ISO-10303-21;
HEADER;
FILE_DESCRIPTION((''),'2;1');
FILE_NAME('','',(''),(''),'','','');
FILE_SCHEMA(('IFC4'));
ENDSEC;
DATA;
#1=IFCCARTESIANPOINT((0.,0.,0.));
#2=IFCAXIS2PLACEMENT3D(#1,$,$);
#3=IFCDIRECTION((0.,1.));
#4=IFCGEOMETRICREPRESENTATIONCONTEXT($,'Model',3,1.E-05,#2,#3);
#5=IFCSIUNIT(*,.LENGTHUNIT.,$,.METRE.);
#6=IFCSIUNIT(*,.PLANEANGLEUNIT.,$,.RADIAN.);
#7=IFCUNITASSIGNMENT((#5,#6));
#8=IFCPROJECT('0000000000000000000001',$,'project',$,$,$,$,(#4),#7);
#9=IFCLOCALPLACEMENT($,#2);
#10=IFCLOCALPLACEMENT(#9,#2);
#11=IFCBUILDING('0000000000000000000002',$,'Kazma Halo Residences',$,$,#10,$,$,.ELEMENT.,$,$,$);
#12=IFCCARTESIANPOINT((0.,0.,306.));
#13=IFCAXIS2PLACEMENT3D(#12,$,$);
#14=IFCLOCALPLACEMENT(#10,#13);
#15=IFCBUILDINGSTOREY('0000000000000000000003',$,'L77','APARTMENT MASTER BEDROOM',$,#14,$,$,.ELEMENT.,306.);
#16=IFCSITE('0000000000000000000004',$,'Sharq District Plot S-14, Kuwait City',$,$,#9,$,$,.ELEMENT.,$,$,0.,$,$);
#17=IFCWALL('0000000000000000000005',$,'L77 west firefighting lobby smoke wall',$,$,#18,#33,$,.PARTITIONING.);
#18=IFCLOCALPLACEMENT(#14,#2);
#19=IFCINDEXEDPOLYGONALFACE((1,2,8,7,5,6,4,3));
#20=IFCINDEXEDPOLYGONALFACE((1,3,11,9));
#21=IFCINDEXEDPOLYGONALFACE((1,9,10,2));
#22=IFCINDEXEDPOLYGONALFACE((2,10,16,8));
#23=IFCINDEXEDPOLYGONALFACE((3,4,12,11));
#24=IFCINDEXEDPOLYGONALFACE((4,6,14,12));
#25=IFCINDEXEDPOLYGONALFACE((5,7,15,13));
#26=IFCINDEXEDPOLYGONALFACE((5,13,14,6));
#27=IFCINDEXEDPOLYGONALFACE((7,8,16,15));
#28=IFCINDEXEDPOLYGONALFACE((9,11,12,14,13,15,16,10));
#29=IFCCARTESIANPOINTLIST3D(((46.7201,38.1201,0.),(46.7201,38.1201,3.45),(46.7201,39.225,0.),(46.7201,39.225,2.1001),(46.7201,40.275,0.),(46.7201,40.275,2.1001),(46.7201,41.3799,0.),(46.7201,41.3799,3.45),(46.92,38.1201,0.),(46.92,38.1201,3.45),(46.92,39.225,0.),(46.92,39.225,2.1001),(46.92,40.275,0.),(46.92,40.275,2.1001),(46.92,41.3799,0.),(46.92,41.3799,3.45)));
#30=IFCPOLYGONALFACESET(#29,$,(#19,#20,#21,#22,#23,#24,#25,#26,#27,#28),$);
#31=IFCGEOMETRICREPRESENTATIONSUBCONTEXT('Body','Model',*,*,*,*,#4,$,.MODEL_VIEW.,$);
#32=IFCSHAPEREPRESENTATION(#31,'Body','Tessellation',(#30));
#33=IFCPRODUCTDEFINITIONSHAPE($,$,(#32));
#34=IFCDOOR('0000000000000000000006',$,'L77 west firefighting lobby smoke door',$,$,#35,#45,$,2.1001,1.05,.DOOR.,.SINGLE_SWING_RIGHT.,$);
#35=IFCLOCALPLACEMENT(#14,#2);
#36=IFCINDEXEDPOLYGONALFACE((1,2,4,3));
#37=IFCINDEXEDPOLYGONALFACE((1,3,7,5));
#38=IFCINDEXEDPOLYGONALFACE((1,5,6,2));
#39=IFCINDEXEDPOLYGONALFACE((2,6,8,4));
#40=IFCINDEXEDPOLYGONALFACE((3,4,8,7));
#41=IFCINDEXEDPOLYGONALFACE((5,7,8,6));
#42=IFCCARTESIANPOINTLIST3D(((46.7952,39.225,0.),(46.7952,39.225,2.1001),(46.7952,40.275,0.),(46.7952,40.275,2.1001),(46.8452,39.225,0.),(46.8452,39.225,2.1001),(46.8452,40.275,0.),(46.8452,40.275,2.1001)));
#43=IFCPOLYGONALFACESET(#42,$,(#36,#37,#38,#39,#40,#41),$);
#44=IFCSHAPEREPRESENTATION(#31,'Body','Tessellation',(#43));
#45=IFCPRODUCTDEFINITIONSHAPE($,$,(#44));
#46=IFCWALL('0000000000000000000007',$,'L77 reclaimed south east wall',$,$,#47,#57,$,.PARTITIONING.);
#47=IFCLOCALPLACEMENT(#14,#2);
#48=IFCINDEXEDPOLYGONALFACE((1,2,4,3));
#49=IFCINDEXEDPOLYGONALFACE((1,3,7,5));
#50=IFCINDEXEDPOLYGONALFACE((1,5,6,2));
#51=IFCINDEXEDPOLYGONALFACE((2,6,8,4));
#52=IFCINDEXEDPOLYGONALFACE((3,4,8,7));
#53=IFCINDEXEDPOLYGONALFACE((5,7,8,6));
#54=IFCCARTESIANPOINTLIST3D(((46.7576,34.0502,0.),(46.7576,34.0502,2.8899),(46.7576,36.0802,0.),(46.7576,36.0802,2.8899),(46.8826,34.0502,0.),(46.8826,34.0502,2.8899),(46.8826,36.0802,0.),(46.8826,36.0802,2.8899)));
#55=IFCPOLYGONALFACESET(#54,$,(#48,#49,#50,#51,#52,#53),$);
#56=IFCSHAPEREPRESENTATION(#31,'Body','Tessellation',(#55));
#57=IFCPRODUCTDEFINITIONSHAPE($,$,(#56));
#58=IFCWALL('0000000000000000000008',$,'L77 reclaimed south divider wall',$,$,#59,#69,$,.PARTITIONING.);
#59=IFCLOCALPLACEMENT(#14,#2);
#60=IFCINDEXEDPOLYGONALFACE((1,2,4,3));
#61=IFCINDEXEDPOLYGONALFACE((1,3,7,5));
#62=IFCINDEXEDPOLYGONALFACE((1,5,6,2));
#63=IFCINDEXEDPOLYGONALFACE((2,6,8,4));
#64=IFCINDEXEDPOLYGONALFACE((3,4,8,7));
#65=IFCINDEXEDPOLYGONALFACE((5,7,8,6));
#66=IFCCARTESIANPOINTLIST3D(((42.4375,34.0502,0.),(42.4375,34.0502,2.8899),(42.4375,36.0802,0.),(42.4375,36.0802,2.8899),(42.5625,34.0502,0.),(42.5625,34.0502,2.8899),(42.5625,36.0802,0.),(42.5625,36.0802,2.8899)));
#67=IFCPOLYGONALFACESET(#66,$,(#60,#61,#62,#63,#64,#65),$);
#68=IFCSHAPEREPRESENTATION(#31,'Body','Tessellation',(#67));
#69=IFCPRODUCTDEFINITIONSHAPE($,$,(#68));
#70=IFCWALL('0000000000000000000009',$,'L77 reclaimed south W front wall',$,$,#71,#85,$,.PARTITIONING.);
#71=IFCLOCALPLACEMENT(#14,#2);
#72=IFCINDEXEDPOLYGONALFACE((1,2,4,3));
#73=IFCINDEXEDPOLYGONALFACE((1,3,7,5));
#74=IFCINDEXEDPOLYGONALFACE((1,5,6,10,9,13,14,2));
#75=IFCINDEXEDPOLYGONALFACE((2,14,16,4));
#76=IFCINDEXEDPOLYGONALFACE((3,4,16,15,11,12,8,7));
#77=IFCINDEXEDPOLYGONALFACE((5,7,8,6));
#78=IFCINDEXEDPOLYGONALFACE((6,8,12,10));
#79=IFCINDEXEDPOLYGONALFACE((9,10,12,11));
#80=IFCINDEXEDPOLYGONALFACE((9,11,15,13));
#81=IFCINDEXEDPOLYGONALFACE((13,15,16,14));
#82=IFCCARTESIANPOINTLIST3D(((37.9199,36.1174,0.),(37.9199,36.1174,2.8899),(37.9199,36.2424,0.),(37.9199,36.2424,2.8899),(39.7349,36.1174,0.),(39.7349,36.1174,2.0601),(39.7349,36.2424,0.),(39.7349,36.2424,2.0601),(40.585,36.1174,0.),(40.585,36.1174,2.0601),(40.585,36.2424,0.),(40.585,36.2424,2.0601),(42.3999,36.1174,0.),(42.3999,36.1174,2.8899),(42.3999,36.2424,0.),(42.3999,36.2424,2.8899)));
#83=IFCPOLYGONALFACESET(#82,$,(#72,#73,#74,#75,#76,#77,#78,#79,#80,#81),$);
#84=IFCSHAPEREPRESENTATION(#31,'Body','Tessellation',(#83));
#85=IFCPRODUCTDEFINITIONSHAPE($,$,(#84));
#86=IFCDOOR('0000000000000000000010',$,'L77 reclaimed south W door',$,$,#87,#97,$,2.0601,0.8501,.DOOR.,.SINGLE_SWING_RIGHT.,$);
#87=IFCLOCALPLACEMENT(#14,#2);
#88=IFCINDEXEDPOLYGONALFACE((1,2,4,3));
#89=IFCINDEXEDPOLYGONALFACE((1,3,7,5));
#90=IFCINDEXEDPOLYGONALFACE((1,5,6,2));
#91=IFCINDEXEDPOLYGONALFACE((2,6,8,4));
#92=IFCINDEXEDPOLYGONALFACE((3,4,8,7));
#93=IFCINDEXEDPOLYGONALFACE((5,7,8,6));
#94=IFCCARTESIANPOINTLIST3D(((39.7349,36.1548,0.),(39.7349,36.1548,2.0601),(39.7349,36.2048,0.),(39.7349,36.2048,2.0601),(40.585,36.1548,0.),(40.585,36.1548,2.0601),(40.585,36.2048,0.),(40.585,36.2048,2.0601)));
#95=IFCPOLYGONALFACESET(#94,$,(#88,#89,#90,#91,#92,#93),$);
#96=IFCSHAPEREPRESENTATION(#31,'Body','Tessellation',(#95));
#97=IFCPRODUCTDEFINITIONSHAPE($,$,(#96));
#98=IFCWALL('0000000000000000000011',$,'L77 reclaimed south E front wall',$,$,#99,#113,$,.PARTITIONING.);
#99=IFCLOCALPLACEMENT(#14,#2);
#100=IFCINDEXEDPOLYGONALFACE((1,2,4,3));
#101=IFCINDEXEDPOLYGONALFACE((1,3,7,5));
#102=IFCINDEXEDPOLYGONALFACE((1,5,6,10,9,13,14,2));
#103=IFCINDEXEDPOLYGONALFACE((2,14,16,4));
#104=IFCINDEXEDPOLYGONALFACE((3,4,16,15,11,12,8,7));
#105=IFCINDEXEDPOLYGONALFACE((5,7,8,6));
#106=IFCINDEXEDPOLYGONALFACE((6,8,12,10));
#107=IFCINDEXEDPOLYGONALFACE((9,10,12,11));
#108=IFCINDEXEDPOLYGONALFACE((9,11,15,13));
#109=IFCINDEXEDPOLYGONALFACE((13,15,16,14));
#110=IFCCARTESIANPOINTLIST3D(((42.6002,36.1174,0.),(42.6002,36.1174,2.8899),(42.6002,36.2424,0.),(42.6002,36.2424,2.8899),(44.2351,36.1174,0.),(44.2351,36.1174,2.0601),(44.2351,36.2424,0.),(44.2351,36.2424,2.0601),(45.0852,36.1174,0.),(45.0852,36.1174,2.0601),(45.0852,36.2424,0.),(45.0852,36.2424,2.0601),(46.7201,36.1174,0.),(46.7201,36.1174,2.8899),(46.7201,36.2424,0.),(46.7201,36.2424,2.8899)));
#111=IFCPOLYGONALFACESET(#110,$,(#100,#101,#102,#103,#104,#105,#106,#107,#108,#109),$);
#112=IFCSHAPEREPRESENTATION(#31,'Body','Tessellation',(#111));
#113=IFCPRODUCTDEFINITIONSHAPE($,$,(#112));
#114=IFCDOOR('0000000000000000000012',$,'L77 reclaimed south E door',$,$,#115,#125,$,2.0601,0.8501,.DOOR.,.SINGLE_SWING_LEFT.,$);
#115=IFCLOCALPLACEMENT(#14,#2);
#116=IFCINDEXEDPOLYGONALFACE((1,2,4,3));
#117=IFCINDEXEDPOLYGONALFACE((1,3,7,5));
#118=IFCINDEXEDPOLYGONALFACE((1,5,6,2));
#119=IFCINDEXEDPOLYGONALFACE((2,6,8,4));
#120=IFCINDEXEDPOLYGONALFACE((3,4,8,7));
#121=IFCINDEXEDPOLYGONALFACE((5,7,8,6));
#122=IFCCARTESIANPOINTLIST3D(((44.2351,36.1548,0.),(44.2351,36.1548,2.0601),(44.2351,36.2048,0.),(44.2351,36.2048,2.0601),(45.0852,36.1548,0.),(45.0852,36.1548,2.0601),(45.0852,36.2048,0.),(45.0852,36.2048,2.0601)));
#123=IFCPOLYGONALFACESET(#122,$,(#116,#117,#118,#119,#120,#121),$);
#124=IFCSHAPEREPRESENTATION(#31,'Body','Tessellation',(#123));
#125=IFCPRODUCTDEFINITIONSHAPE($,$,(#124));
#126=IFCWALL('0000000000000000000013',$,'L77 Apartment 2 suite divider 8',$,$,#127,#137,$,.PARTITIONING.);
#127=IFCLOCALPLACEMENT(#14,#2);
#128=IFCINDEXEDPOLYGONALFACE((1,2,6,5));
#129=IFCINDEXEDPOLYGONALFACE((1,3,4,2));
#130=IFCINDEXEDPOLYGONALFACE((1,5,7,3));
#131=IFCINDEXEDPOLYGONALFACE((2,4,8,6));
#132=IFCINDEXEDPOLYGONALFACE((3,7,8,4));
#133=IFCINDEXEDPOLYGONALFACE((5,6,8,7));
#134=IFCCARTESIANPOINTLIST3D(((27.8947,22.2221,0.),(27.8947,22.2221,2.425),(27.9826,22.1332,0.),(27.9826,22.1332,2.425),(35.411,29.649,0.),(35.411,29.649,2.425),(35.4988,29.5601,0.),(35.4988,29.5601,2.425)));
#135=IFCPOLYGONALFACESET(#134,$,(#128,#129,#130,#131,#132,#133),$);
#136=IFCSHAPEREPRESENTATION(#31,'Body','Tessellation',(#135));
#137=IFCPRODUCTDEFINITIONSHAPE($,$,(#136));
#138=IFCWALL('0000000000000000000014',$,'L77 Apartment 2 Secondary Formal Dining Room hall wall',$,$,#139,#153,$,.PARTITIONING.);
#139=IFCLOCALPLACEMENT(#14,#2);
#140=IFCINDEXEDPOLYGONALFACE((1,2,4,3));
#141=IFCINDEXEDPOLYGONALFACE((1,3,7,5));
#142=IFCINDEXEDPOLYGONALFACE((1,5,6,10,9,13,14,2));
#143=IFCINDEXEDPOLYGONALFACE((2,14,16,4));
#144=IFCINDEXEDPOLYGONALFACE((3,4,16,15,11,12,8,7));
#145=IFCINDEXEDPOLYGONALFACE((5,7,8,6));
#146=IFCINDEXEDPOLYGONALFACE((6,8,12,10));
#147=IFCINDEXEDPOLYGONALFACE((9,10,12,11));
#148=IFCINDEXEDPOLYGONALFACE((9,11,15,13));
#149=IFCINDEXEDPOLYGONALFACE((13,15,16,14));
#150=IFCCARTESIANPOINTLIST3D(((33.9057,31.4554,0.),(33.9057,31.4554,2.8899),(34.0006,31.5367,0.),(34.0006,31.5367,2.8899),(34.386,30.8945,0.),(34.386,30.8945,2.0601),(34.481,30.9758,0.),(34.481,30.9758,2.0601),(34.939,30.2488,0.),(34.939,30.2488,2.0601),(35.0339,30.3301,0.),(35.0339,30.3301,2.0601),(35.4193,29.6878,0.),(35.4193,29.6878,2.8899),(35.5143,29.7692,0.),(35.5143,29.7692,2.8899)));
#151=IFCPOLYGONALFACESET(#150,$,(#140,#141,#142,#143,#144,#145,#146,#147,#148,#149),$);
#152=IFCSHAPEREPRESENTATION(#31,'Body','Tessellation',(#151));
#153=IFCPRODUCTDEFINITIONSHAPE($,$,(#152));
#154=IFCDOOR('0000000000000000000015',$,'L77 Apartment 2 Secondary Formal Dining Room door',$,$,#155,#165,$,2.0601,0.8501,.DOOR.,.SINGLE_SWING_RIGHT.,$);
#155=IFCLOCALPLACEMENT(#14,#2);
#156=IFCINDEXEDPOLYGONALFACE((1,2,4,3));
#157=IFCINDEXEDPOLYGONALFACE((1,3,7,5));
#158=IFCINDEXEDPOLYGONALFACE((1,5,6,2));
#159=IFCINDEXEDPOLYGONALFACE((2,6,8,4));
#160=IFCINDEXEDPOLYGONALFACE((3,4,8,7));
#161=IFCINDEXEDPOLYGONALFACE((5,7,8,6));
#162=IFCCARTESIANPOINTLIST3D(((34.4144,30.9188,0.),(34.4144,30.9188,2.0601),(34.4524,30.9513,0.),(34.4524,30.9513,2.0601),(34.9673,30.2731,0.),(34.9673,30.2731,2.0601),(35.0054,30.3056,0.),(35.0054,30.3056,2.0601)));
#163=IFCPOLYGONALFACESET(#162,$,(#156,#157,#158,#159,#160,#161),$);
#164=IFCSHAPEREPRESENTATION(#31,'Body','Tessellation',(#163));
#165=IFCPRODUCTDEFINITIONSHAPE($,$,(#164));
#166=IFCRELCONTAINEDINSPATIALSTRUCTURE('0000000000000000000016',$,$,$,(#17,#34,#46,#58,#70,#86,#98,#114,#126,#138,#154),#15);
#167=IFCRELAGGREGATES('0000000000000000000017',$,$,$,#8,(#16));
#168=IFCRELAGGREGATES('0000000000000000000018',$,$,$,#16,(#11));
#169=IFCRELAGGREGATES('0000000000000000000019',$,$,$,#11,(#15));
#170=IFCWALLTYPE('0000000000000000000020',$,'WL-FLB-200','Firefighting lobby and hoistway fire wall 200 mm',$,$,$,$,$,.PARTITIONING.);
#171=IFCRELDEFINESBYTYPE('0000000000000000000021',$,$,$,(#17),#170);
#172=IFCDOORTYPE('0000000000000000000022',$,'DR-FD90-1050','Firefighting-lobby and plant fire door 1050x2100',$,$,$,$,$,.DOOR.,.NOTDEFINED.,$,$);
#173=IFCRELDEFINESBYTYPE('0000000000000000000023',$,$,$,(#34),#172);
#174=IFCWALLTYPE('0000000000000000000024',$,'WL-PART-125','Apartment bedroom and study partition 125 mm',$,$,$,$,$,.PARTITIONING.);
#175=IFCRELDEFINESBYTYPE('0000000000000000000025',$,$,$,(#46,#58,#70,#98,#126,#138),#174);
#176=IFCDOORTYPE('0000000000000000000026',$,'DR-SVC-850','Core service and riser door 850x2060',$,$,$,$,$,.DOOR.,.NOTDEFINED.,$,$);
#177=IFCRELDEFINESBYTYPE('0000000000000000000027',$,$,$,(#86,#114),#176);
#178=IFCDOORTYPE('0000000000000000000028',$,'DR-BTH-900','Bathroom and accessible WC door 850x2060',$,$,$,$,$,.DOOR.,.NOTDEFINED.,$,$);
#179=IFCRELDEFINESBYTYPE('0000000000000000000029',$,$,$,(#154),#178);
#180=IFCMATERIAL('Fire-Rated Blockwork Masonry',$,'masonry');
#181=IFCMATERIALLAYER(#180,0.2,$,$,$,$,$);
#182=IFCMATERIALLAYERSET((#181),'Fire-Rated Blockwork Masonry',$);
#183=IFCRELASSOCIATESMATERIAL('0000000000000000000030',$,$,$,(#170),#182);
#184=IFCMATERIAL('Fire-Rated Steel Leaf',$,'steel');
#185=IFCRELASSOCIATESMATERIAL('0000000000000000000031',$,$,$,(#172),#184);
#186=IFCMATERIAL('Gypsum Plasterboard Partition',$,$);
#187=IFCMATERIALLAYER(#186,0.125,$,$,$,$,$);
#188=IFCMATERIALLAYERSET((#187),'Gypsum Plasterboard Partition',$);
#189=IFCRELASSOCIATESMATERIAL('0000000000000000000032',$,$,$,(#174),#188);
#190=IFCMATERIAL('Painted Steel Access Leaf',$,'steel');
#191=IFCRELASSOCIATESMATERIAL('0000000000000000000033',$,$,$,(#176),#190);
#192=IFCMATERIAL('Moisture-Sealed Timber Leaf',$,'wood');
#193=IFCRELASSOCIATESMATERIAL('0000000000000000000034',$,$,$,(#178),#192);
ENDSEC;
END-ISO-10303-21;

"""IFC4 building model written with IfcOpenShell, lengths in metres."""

from ifc_helpers import new_model, si_unit, direction, frame, frame_2d, origin, place, context, subcontext, project, spatial, rectangle, extrude, material, layer, layer_set, type_object, element, fill, save


model = new_model("IFC4")

# Units and contexts
model_context = context("Model", 3, precision=1e-05, world=origin(), true_north=direction((0.0, 1.0)))
body_context = subcontext(model_context, "Body", "Model", "MODEL_VIEW")
ifc_project = project(units=[si_unit("LENGTHUNIT", "METRE"), si_unit("PLANEANGLEUNIT", "RADIAN")], contexts=[model_context])

# Site, building, storey
site_placement = place(None, origin())
site = spatial("IfcSite", under=ifc_project, at=site_placement, Name="Sharq District Plot S-14, Kuwait City", CompositionType="ELEMENT", RefElevation=0.0)
building_placement = place(site_placement, origin())
building = spatial("IfcBuilding", under=site, at=building_placement, Name="Kazma Halo Residences", CompositionType="ELEMENT")
storey_placement = place(building_placement, frame((0.0, 0.0, 306.0)))
storey = spatial("IfcBuildingStorey", under=building, at=storey_placement, Name="L77", Description="APARTMENT MASTER BEDROOM", CompositionType="ELEMENT", Elevation=306.0)

# Shared definitions
ifc_material_1 = material(Name="Fire-Rated Blockwork Masonry", Category="masonry")
ifc_layer_1 = layer(ifc_material_1, 0.2)
ifc_layer_set_1 = layer_set([ifc_layer_1], Name="Fire-Rated Blockwork Masonry")
wall_type_1 = type_object("IfcWallType", Name="WL-FLB-200", Description="Firefighting lobby and hoistway fire wall 200 mm", PredefinedType="PARTITIONING", material=ifc_layer_set_1)

# Wall, opening, door
wall_1_placement = place(storey_placement, frame((46.8201, 38.1201, 0.0), z_axis=(0.0, 0.0, 1.0), x_axis=(0.0, 1.0, 0.0)))
wall_1 = element("IfcWall", 1, at=wall_1_placement, inside=storey, type_object=wall_type_1, Name="L77 west firefighting lobby smoke wall", PredefinedType="PARTITIONING", context=body_context, shape_type="SweptSolid", body=[
    extrude(rectangle(XDim=3.2598, YDim=0.2, at=frame_2d((1.6299, 0.0))), origin(), (0.0, 0.0, 1.0), 3.45),
])
opening_1_placement = place(wall_1_placement, frame((1.105, 0.0, 0.0)))
opening_1 = element("IfcOpeningElement", 2, at=opening_1_placement, cuts=wall_1, PredefinedType="OPENING", context=body_context, shape_type="SweptSolid", body=[
    extrude(rectangle(XDim=1.05, YDim=2.1001, at=frame_2d((0.5249, 1.05))), frame((0.0, 0.1099, 0.0), z_axis=(0.0, -1.0, 0.0), x_axis=(1.0, 0.0, 0.0)), (0.0, 0.0, 1.0), 0.22),
])
ifc_material_2 = material(Name="Fire-Rated Steel Leaf", Category="steel")
door_type_1 = type_object("IfcDoorType", Name="DR-FD90-1050", Description="Firefighting-lobby and plant fire door 1050x2100", OperationType="NOTDEFINED", PredefinedType="DOOR", material=ifc_material_2)
door_1_placement = place(opening_1_placement, origin())
door_1 = element("IfcDoor", 3, at=door_1_placement, inside=storey, type_object=door_type_1, Name="L77 west firefighting lobby smoke door", OperationType="SINGLE_SWING_RIGHT", OverallHeight=2.1001, OverallWidth=1.05, PredefinedType="DOOR", context=body_context, shape_type="SweptSolid", body=[
    extrude(rectangle(XDim=1.05, YDim=2.1001, at=frame_2d((0.5249, 1.05))), frame((0.0, 0.0249, 0.0), z_axis=(0.0, -1.0, 0.0), x_axis=(1.0, 0.0, 0.0)), (0.0, 0.0, 1.0), 0.05),
])
fill(opening_1, door_1)

# Walls
ifc_material_3 = material(Name="Gypsum Plasterboard Partition")
ifc_layer_2 = layer(ifc_material_3, 0.125)
ifc_layer_set_2 = layer_set([ifc_layer_2], Name="Gypsum Plasterboard Partition")
wall_type_2 = type_object("IfcWallType", Name="WL-PART-125", Description="Apartment bedroom and study partition 125 mm", PredefinedType="PARTITIONING", material=ifc_layer_set_2)
for number, where, z_axis, x_axis, name in (
    (4, (46.8201, 34.05, 0.0), (0.0, 0.0, 1.0), (0.0, 1.0, 0.0), "L77 reclaimed south east wall"),
    (5, (42.5, 34.05, 0.0), (0.0, 0.0, 1.0), (0.0, 1.0, 0.0), "L77 reclaimed south divider wall"),
):
    element("IfcWall", number, at=place(storey_placement, frame(where, z_axis=z_axis, x_axis=x_axis)), inside=storey, type_object=wall_type_2, Name=name, PredefinedType="PARTITIONING", context=body_context, shape_type="SweptSolid", body=[
        extrude(rectangle(XDim=2.03, YDim=0.125, at=frame_2d((1.0151, 0.0))), origin(), (0.0, 0.0, 1.0), 2.8899),
    ])

# Walls, openings, doors
wall_2_placement = place(storey_placement, frame((37.9199, 36.1799, 0.0), z_axis=(0.0, 0.0, 1.0), x_axis=(1.0, 0.0, 0.0)))
wall_2 = element("IfcWall", 6, at=wall_2_placement, inside=storey, type_object=wall_type_2, Name="L77 reclaimed south W front wall", PredefinedType="PARTITIONING", context=body_context, shape_type="SweptSolid", body=[
    extrude(rectangle(XDim=4.48, YDim=0.125, at=frame_2d((2.24, 0.0))), origin(), (0.0, 0.0, 1.0), 2.8899),
])
opening_2_placement = place(wall_2_placement, frame((1.8149, 0.0, 0.0)))
opening_2 = element("IfcOpeningElement", 7, at=opening_2_placement, cuts=wall_2, PredefinedType="OPENING", context=body_context, shape_type="SweptSolid", body=[
    extrude(rectangle(XDim=0.8501, YDim=2.0601, at=frame_2d((0.425, 1.03))), frame((0.0, 0.0725, 0.0), z_axis=(0.0, -1.0, 0.0), x_axis=(1.0, 0.0, 0.0)), (0.0, 0.0, 1.0), 0.145),
])
ifc_material_4 = material(Name="Painted Steel Access Leaf", Category="steel")
door_type_2 = type_object("IfcDoorType", Name="DR-SVC-850", Description="Core service and riser door 850x2060", OperationType="NOTDEFINED", PredefinedType="DOOR", material=ifc_material_4)
door_2_placement = place(opening_2_placement, origin())
door_2 = element("IfcDoor", 8, at=door_2_placement, inside=storey, type_object=door_type_2, Name="L77 reclaimed south W door", OperationType="SINGLE_SWING_RIGHT", OverallHeight=2.0601, OverallWidth=0.8501, PredefinedType="DOOR", context=body_context, shape_type="SweptSolid", body=[
    extrude(rectangle(XDim=0.8501, YDim=2.0601, at=frame_2d((0.425, 1.03))), frame((0.0, 0.0249, 0.0), z_axis=(0.0, -1.0, 0.0), x_axis=(1.0, 0.0, 0.0)), (0.0, 0.0, 1.0), 0.05),
])
fill(opening_2, door_2)
wall_3_placement = place(storey_placement, frame((42.6001, 36.1799, 0.0), z_axis=(0.0, 0.0, 1.0), x_axis=(1.0, 0.0, 0.0)))
wall_3 = element("IfcWall", 9, at=wall_3_placement, inside=storey, type_object=wall_type_2, Name="L77 reclaimed south E front wall", PredefinedType="PARTITIONING", context=body_context, shape_type="SweptSolid", body=[
    extrude(rectangle(XDim=4.1199, YDim=0.125, at=frame_2d((2.0601, 0.0))), origin(), (0.0, 0.0, 1.0), 2.8899),
])
opening_3_placement = place(wall_3_placement, frame((1.635, 0.0, 0.0)))
opening_3 = element("IfcOpeningElement", 10, at=opening_3_placement, cuts=wall_3, PredefinedType="OPENING", context=body_context, shape_type="SweptSolid", body=[
    extrude(rectangle(XDim=0.8501, YDim=2.0601, at=frame_2d((0.425, 1.03))), frame((0.0, 0.0725, 0.0), z_axis=(0.0, -1.0, 0.0), x_axis=(1.0, 0.0, 0.0)), (0.0, 0.0, 1.0), 0.145),
])
door_3_placement = place(opening_3_placement, origin())
door_3 = element("IfcDoor", 11, at=door_3_placement, inside=storey, type_object=door_type_2, Name="L77 reclaimed south E door", OperationType="SINGLE_SWING_LEFT", OverallHeight=2.0601, OverallWidth=0.8501, PredefinedType="DOOR", context=body_context, shape_type="SweptSolid", body=[
    extrude(rectangle(XDim=0.8501, YDim=2.0601, at=frame_2d((0.425, 1.03))), frame((0.0, 0.0249, 0.0), z_axis=(0.0, -1.0, 0.0), x_axis=(1.0, 0.0, 0.0)), (0.0, 0.0, 1.0), 0.05),
])
fill(opening_3, door_3)

# Wall
wall_4_placement = place(storey_placement, frame((35.4548, 29.6045, 0.0), z_axis=(0.0, 0.0, 1.0), x_axis=(-0.711322, -0.702866, 0.0)))
element("IfcWall", 12, at=wall_4_placement, inside=storey, type_object=wall_type_2, Name="L77 Apartment 2 suite divider 8", PredefinedType="PARTITIONING", context=body_context, shape_type="SweptSolid", body=[
    extrude(rectangle(XDim=10.5667, YDim=0.125, at=frame_2d((5.2832, 0.0))), origin(), (0.0, 0.0, 1.0), 2.425),
])

# Wall, opening, door
wall_5_placement = place(storey_placement, frame((33.9531, 31.4961, 0.0), z_axis=(0.0, 0.0, 1.0), x_axis=(0.650446, -0.759553, 0.0)))
wall_5 = element("IfcWall", 13, at=wall_5_placement, inside=storey, type_object=wall_type_2, Name="L77 Apartment 2 Secondary Formal Dining Room hall wall", PredefinedType="PARTITIONING", context=body_context, shape_type="SweptSolid", body=[
    extrude(rectangle(XDim=2.3271, YDim=0.125, at=frame_2d((1.1636, 0.0))), origin(), (0.0, 0.0, 1.0), 2.8899),
])
opening_4_placement = place(wall_5_placement, frame((0.7385, 0.0, 0.0)))
opening_4 = element("IfcOpeningElement", 14, at=opening_4_placement, cuts=wall_5, PredefinedType="OPENING", context=body_context, shape_type="SweptSolid", body=[
    extrude(rectangle(XDim=0.8501, YDim=2.0601, at=frame_2d((0.425, 1.03))), frame((0.0, 0.0725, 0.0), z_axis=(0.0, -1.0, 0.0), x_axis=(1.0, 0.0, 0.0)), (0.0, 0.0, 1.0), 0.145),
])
ifc_material_5 = material(Name="Moisture-Sealed Timber Leaf", Category="wood")
door_type_3 = type_object("IfcDoorType", Name="DR-BTH-900", Description="Bathroom and accessible WC door 850x2060", OperationType="NOTDEFINED", PredefinedType="DOOR", material=ifc_material_5)
door_4_placement = place(opening_4_placement, origin())
door_4 = element("IfcDoor", 15, at=door_4_placement, inside=storey, type_object=door_type_3, Name="L77 Apartment 2 Secondary Formal Dining Room door", OperationType="SINGLE_SWING_RIGHT", OverallHeight=2.0601, OverallWidth=0.8501, PredefinedType="DOOR", context=body_context, shape_type="SweptSolid", body=[
    extrude(rectangle(XDim=0.8501, YDim=2.0601, at=frame_2d((0.425, 1.03))), frame((0.0, 0.0249, 0.0), z_axis=(0.0, -1.0, 0.0), x_axis=(1.0, 0.0, 0.0)), (0.0, 0.0, 1.0), 0.05),
])
fill(opening_4, door_4)

save(model, "model.ifc")
